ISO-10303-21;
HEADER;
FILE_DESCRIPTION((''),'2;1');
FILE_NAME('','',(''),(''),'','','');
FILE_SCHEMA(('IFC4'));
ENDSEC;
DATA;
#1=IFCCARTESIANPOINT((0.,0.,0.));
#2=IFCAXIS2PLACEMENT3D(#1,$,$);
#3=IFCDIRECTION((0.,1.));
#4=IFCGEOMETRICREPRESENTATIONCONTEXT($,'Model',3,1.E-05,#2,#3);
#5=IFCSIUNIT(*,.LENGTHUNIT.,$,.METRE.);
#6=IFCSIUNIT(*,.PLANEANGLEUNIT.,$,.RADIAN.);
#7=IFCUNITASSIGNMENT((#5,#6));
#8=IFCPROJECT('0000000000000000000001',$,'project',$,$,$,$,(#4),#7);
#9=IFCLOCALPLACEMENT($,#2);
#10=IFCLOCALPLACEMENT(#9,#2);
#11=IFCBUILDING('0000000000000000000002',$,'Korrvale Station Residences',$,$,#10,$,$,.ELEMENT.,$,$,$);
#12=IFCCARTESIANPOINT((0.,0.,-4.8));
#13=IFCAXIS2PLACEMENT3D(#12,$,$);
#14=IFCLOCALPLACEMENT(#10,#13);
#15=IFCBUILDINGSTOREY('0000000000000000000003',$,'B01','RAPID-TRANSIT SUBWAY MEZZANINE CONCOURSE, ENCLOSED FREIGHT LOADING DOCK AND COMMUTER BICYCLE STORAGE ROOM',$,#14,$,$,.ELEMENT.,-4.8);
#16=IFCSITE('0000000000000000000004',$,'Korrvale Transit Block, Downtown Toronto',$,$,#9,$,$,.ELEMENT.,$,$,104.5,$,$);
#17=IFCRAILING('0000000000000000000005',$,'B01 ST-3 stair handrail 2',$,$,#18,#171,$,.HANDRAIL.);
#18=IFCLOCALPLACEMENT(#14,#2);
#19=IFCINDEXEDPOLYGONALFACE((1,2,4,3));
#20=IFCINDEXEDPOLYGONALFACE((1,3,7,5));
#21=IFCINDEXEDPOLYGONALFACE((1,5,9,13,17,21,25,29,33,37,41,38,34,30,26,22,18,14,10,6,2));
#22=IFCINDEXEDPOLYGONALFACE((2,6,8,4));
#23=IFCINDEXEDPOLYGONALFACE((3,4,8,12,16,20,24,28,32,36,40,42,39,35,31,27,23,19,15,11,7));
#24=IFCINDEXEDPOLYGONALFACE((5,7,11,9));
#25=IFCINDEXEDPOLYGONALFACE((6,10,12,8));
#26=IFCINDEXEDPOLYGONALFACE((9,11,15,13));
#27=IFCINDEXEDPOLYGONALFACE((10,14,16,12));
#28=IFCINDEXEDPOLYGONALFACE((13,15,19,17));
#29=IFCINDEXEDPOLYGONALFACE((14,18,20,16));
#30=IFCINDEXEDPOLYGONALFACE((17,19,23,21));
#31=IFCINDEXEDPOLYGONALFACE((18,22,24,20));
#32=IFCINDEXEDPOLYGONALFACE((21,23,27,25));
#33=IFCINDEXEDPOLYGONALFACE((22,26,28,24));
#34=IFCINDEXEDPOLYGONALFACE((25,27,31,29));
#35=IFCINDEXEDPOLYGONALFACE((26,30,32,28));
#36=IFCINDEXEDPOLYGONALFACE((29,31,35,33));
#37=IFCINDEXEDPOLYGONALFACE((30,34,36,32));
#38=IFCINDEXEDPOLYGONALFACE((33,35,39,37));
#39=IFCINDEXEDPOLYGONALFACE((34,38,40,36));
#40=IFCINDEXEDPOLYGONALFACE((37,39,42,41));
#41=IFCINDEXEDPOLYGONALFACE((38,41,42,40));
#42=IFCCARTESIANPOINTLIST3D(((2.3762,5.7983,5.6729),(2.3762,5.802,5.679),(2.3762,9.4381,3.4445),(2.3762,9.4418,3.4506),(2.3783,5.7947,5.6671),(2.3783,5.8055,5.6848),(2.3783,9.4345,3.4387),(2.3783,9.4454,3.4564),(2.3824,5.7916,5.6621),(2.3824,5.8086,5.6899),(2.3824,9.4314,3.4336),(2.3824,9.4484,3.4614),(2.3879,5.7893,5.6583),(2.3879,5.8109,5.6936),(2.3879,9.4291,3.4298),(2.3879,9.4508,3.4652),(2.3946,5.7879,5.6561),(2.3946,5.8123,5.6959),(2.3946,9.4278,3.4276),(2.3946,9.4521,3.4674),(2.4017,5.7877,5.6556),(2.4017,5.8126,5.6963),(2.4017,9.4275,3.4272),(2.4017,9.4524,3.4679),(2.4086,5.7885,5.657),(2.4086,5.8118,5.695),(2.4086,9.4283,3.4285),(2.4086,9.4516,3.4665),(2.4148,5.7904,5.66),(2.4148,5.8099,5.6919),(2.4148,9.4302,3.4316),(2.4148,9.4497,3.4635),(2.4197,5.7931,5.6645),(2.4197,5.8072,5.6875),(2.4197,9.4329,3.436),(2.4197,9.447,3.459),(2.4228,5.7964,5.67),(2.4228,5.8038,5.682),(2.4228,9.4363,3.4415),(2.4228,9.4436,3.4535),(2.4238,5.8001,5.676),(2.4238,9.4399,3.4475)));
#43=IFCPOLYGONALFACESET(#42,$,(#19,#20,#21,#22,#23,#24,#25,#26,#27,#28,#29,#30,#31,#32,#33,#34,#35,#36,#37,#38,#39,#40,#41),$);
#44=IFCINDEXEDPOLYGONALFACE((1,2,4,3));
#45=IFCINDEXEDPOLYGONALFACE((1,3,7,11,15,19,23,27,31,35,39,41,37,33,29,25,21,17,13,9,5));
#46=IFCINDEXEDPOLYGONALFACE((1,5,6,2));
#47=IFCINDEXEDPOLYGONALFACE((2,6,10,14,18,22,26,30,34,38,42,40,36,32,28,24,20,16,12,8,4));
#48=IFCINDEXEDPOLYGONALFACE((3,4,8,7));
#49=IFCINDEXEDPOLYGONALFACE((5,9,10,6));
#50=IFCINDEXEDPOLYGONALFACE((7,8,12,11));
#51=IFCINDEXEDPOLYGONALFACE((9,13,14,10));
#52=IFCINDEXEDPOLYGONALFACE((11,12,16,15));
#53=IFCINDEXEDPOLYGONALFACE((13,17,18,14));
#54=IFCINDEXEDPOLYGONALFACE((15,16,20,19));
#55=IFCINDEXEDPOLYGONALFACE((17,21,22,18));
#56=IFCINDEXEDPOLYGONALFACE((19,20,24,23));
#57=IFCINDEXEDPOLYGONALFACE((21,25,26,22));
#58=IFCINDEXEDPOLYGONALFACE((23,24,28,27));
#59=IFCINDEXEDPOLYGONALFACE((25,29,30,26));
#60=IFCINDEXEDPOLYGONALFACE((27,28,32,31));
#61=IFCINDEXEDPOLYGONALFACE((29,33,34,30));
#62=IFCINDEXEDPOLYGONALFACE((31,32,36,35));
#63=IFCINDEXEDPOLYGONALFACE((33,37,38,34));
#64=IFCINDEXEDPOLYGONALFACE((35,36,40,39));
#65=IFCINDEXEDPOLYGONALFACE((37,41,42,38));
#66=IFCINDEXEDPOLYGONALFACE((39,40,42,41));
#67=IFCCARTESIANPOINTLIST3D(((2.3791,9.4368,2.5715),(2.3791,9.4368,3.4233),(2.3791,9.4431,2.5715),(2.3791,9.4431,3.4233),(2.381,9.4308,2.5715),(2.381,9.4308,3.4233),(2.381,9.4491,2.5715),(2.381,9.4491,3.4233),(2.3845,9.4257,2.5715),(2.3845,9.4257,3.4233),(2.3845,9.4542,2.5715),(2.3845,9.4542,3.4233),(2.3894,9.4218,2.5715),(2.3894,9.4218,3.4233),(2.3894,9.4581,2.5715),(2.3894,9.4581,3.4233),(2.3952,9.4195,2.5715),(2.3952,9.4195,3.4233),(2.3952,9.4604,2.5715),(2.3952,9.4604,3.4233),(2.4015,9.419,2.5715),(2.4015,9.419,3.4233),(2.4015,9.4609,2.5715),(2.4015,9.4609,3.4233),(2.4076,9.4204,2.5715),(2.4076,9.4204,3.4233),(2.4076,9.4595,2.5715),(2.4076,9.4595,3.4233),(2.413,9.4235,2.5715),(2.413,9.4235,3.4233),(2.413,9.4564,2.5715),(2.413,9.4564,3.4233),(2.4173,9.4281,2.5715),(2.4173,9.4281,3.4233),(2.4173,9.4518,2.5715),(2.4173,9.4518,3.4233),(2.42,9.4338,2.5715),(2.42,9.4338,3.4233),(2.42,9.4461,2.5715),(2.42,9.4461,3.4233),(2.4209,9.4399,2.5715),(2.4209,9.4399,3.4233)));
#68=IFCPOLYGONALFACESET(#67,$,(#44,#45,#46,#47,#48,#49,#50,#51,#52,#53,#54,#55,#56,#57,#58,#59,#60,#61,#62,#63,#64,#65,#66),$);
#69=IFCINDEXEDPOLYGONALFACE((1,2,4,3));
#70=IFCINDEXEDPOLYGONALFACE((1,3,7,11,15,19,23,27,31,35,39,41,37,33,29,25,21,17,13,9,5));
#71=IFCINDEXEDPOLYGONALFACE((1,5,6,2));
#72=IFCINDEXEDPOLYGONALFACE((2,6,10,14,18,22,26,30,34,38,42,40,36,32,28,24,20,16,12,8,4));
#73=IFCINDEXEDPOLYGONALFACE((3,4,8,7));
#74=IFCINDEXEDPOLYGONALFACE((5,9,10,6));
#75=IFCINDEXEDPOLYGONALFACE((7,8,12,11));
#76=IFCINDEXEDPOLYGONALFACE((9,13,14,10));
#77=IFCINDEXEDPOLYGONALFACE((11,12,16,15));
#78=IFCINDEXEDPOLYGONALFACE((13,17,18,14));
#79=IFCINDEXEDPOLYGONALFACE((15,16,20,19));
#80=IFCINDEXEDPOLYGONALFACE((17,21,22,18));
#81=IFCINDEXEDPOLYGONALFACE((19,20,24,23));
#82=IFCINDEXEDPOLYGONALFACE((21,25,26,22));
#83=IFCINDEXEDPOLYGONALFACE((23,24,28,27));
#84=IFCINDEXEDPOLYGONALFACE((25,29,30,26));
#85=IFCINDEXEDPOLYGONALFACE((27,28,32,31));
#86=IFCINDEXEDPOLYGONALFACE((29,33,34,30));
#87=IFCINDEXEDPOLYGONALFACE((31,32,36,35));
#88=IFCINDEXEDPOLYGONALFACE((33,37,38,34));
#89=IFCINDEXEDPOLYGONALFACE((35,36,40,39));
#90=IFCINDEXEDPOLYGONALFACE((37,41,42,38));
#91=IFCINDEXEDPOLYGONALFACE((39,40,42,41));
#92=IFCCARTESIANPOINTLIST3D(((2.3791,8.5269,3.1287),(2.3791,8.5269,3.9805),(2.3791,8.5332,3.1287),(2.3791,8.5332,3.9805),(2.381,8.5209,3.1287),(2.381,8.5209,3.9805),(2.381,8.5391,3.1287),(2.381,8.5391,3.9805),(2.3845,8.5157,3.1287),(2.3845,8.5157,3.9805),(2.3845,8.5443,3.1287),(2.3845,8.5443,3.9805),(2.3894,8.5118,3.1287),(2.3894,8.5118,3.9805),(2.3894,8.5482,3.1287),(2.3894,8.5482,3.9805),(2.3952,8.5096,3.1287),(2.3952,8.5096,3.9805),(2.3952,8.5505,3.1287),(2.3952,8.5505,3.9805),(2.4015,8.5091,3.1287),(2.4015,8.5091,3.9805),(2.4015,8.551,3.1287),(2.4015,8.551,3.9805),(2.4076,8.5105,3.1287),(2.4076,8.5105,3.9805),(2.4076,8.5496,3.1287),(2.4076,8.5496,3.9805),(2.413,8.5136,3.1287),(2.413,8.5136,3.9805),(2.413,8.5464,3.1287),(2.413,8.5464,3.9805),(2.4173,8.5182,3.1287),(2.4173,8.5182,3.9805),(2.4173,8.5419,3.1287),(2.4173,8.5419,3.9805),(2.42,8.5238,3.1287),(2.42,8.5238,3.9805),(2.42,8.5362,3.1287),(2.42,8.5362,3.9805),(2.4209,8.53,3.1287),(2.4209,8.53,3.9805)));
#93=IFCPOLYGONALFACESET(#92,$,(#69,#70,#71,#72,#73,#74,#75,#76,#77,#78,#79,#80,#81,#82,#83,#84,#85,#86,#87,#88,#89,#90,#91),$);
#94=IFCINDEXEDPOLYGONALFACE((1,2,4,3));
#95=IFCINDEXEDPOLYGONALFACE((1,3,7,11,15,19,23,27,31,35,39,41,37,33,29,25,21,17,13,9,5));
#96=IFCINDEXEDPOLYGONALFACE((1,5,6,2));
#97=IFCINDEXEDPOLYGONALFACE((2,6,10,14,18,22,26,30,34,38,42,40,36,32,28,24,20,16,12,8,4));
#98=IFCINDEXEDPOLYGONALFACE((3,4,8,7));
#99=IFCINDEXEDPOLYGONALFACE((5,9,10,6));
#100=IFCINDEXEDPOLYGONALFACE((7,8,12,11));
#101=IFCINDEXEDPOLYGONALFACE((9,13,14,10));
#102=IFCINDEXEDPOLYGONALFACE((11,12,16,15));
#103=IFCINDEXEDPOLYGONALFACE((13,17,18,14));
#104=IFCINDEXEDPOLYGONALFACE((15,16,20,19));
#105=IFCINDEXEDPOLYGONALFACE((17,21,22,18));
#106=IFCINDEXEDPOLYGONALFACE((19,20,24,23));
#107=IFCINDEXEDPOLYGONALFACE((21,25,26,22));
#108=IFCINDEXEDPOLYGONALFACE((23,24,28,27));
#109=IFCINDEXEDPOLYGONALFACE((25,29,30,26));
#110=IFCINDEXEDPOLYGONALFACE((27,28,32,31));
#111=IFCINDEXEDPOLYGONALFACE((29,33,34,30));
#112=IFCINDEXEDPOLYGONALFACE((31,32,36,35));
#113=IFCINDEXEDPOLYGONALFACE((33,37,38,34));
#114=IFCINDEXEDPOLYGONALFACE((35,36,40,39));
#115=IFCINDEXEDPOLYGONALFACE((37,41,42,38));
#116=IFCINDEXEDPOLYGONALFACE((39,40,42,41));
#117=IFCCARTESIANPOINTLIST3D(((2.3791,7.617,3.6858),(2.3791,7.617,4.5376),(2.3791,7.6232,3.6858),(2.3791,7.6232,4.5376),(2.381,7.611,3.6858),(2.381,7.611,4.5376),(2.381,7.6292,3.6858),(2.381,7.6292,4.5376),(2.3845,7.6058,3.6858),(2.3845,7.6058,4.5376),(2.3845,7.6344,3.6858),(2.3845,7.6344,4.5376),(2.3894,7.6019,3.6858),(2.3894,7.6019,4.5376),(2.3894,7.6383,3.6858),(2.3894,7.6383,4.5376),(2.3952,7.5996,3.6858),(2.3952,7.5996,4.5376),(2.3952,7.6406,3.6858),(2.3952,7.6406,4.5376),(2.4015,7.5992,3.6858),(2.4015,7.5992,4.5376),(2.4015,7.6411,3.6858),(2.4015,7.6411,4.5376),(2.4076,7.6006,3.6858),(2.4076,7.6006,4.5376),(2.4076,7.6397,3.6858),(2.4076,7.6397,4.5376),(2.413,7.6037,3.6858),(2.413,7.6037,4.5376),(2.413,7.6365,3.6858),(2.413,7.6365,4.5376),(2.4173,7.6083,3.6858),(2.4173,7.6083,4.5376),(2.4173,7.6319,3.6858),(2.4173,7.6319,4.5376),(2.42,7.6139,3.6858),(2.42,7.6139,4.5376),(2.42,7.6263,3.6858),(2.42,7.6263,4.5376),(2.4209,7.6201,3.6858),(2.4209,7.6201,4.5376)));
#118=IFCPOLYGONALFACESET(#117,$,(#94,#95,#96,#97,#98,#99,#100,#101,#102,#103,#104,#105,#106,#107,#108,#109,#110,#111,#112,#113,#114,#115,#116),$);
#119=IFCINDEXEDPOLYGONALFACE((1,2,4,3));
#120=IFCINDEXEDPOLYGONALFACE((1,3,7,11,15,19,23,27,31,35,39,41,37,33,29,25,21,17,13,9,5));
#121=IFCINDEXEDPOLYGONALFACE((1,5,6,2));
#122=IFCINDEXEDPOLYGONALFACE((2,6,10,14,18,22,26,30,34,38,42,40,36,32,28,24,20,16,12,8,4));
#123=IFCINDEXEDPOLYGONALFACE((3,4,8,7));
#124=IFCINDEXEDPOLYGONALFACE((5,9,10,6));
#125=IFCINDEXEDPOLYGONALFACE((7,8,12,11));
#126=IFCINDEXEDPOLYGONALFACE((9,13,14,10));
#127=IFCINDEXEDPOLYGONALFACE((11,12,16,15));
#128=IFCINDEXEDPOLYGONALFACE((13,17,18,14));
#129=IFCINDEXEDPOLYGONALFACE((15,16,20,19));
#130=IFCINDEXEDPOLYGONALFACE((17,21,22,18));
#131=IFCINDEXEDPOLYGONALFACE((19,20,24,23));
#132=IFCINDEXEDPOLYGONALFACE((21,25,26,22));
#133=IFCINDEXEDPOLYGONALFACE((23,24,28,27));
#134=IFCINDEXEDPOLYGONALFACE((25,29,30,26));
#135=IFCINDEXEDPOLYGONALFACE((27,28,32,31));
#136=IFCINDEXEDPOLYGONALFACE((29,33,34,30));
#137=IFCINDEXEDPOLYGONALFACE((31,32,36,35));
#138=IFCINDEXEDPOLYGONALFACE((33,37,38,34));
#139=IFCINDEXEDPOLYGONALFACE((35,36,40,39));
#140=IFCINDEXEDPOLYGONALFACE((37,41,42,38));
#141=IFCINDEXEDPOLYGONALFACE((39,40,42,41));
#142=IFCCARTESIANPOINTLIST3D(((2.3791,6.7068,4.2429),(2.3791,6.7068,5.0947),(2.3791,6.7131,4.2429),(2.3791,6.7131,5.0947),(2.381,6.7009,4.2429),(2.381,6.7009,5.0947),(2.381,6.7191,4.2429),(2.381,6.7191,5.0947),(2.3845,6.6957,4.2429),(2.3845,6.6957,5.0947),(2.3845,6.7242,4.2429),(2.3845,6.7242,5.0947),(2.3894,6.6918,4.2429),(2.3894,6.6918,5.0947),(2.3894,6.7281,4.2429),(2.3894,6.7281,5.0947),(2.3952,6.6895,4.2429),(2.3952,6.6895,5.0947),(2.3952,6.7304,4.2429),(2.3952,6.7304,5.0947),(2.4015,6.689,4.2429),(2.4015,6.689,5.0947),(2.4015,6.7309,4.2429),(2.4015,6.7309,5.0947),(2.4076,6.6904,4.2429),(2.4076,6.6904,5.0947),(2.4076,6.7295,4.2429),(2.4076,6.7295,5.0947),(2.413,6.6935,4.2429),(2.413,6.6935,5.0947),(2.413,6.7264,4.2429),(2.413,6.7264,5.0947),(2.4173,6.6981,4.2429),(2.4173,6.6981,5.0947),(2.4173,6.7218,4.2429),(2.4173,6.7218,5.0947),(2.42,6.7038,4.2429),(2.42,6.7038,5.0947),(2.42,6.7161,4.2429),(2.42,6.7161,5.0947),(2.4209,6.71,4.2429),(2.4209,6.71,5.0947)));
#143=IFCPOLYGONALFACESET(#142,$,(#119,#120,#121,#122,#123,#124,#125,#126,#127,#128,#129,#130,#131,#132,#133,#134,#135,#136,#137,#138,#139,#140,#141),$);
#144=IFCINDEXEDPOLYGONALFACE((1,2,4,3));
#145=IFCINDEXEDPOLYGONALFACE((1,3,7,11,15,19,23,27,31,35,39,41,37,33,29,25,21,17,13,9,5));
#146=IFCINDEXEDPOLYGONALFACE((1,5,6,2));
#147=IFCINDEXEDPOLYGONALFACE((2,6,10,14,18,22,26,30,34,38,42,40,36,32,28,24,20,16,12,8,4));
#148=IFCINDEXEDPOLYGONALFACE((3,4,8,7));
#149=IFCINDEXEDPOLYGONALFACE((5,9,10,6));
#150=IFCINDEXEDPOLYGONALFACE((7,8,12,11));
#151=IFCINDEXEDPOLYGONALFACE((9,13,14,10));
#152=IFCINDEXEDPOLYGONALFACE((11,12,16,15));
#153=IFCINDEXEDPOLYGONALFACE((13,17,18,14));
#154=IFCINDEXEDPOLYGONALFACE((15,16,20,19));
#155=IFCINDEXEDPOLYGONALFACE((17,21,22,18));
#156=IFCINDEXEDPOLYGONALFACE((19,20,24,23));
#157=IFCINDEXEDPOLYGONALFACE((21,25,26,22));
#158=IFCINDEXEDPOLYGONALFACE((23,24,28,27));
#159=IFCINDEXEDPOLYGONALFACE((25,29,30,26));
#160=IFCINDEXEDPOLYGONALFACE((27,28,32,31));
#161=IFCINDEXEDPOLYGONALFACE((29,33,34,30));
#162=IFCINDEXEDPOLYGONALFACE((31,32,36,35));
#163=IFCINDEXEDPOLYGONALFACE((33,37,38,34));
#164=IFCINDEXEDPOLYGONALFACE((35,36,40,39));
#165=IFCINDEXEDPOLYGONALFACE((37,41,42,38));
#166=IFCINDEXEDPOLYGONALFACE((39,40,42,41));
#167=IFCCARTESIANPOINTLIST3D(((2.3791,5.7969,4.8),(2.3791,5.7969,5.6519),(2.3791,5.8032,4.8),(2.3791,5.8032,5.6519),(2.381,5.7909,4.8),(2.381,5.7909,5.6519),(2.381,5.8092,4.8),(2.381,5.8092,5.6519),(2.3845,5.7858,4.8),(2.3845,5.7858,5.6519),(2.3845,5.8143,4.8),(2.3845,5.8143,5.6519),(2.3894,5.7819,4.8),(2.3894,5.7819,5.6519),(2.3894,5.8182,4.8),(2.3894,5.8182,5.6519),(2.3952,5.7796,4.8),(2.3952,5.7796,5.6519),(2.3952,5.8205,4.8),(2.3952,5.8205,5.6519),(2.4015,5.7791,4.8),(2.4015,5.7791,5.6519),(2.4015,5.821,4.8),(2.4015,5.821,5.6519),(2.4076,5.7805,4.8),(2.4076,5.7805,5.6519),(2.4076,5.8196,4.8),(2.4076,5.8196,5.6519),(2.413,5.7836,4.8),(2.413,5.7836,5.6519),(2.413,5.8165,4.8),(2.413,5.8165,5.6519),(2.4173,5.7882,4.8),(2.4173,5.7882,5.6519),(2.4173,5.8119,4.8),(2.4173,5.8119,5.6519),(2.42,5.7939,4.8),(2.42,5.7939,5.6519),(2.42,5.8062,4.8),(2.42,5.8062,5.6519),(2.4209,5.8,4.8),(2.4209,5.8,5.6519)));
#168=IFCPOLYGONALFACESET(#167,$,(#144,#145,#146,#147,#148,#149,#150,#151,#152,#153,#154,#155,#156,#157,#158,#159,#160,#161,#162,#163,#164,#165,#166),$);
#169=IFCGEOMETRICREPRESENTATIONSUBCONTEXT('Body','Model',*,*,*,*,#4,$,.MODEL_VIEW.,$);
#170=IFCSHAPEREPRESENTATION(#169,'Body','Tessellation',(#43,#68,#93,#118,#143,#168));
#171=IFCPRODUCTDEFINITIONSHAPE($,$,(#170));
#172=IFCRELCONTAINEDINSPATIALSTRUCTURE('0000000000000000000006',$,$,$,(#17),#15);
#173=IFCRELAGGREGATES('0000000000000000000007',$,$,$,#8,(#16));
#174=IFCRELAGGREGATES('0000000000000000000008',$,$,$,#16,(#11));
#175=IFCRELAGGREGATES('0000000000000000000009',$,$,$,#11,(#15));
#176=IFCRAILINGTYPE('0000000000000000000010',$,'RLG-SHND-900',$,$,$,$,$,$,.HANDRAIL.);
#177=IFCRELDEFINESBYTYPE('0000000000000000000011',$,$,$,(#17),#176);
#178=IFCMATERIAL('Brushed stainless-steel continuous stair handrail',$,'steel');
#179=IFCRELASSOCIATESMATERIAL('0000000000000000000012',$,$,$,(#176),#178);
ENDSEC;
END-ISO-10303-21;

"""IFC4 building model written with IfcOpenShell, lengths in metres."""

from ifc_helpers import new_model, si_unit, direction, frame, origin, origin_2d, place, context, subcontext, project, spatial, circle, extrude, material, type_object, element, save


model = new_model("IFC4")

# Units and contexts
model_context = context("Model", 3, precision=1e-05, world=origin(), true_north=direction((0.0, 1.0)))
body_context = subcontext(model_context, "Body", "Model", "MODEL_VIEW")
ifc_project = project(units=[si_unit("LENGTHUNIT", "METRE"), si_unit("PLANEANGLEUNIT", "RADIAN")], contexts=[model_context])

# Site, building, storey
site_placement = place(None, origin())
site = spatial("IfcSite", under=ifc_project, at=site_placement, Name="Korrvale Transit Block, Downtown Toronto", CompositionType="ELEMENT", RefElevation=104.5)
building_placement = place(site_placement, origin())
building = spatial("IfcBuilding", under=site, at=building_placement, Name="Korrvale Station Residences", CompositionType="ELEMENT")
storey_placement = place(building_placement, frame((0.0, 0.0, -4.8)))
storey = spatial("IfcBuildingStorey", under=building, at=storey_placement, Name="B01", Description="RAPID-TRANSIT SUBWAY MEZZANINE CONCOURSE, ENCLOSED FREIGHT LOADING DOCK AND COMMUTER BICYCLE STORAGE ROOM", CompositionType="ELEMENT", Elevation=-4.8)

# Railing
ifc_material_1 = material(Name="Brushed stainless-steel continuous stair handrail", Category="steel")
railing_type_1 = type_object("IfcRailingType", Name="RLG-SHND-900", PredefinedType="HANDRAIL", material=ifc_material_1)
railing_1_placement = place(storey_placement, frame((2.3999, 9.4399, 2.5715)))
element("IfcRailing", 1, at=railing_1_placement, inside=storey, type_object=railing_type_1, Name="B01 ST-3 stair handrail 2", PredefinedType="HANDRAIL", context=body_context, shape_type="SweptSolid", body=[
    extrude(circle(Radius=0.0239, at=origin_2d()), frame((0.0, 0.0, 0.876), z_axis=(0.0, -0.85285, 0.522156), x_axis=(1.0, 0.0, 0.0)), (0.0, 0.0, 1.0), 4.2678),
    extrude(circle(Radius=0.021, at=origin_2d()), origin(), (0.0, 0.0, 1.0), 0.8518),
    extrude(circle(Radius=0.021, at=origin_2d()), frame((0.0, -0.9099, 0.5571)), (0.0, 0.0, 1.0), 0.8518),
    extrude(circle(Radius=0.021, at=origin_2d()), frame((0.0, -1.8198, 1.1143)), (0.0, 0.0, 1.0), 0.8518),
    extrude(circle(Radius=0.021, at=origin_2d()), frame((0.0, -2.73, 1.6714)), (0.0, 0.0, 1.0), 0.8518),
    extrude(circle(Radius=0.021, at=origin_2d()), frame((0.0, -3.6399, 2.2285)), (0.0, 0.0, 1.0), 0.8518),
])

save(model, "model.ifc")
